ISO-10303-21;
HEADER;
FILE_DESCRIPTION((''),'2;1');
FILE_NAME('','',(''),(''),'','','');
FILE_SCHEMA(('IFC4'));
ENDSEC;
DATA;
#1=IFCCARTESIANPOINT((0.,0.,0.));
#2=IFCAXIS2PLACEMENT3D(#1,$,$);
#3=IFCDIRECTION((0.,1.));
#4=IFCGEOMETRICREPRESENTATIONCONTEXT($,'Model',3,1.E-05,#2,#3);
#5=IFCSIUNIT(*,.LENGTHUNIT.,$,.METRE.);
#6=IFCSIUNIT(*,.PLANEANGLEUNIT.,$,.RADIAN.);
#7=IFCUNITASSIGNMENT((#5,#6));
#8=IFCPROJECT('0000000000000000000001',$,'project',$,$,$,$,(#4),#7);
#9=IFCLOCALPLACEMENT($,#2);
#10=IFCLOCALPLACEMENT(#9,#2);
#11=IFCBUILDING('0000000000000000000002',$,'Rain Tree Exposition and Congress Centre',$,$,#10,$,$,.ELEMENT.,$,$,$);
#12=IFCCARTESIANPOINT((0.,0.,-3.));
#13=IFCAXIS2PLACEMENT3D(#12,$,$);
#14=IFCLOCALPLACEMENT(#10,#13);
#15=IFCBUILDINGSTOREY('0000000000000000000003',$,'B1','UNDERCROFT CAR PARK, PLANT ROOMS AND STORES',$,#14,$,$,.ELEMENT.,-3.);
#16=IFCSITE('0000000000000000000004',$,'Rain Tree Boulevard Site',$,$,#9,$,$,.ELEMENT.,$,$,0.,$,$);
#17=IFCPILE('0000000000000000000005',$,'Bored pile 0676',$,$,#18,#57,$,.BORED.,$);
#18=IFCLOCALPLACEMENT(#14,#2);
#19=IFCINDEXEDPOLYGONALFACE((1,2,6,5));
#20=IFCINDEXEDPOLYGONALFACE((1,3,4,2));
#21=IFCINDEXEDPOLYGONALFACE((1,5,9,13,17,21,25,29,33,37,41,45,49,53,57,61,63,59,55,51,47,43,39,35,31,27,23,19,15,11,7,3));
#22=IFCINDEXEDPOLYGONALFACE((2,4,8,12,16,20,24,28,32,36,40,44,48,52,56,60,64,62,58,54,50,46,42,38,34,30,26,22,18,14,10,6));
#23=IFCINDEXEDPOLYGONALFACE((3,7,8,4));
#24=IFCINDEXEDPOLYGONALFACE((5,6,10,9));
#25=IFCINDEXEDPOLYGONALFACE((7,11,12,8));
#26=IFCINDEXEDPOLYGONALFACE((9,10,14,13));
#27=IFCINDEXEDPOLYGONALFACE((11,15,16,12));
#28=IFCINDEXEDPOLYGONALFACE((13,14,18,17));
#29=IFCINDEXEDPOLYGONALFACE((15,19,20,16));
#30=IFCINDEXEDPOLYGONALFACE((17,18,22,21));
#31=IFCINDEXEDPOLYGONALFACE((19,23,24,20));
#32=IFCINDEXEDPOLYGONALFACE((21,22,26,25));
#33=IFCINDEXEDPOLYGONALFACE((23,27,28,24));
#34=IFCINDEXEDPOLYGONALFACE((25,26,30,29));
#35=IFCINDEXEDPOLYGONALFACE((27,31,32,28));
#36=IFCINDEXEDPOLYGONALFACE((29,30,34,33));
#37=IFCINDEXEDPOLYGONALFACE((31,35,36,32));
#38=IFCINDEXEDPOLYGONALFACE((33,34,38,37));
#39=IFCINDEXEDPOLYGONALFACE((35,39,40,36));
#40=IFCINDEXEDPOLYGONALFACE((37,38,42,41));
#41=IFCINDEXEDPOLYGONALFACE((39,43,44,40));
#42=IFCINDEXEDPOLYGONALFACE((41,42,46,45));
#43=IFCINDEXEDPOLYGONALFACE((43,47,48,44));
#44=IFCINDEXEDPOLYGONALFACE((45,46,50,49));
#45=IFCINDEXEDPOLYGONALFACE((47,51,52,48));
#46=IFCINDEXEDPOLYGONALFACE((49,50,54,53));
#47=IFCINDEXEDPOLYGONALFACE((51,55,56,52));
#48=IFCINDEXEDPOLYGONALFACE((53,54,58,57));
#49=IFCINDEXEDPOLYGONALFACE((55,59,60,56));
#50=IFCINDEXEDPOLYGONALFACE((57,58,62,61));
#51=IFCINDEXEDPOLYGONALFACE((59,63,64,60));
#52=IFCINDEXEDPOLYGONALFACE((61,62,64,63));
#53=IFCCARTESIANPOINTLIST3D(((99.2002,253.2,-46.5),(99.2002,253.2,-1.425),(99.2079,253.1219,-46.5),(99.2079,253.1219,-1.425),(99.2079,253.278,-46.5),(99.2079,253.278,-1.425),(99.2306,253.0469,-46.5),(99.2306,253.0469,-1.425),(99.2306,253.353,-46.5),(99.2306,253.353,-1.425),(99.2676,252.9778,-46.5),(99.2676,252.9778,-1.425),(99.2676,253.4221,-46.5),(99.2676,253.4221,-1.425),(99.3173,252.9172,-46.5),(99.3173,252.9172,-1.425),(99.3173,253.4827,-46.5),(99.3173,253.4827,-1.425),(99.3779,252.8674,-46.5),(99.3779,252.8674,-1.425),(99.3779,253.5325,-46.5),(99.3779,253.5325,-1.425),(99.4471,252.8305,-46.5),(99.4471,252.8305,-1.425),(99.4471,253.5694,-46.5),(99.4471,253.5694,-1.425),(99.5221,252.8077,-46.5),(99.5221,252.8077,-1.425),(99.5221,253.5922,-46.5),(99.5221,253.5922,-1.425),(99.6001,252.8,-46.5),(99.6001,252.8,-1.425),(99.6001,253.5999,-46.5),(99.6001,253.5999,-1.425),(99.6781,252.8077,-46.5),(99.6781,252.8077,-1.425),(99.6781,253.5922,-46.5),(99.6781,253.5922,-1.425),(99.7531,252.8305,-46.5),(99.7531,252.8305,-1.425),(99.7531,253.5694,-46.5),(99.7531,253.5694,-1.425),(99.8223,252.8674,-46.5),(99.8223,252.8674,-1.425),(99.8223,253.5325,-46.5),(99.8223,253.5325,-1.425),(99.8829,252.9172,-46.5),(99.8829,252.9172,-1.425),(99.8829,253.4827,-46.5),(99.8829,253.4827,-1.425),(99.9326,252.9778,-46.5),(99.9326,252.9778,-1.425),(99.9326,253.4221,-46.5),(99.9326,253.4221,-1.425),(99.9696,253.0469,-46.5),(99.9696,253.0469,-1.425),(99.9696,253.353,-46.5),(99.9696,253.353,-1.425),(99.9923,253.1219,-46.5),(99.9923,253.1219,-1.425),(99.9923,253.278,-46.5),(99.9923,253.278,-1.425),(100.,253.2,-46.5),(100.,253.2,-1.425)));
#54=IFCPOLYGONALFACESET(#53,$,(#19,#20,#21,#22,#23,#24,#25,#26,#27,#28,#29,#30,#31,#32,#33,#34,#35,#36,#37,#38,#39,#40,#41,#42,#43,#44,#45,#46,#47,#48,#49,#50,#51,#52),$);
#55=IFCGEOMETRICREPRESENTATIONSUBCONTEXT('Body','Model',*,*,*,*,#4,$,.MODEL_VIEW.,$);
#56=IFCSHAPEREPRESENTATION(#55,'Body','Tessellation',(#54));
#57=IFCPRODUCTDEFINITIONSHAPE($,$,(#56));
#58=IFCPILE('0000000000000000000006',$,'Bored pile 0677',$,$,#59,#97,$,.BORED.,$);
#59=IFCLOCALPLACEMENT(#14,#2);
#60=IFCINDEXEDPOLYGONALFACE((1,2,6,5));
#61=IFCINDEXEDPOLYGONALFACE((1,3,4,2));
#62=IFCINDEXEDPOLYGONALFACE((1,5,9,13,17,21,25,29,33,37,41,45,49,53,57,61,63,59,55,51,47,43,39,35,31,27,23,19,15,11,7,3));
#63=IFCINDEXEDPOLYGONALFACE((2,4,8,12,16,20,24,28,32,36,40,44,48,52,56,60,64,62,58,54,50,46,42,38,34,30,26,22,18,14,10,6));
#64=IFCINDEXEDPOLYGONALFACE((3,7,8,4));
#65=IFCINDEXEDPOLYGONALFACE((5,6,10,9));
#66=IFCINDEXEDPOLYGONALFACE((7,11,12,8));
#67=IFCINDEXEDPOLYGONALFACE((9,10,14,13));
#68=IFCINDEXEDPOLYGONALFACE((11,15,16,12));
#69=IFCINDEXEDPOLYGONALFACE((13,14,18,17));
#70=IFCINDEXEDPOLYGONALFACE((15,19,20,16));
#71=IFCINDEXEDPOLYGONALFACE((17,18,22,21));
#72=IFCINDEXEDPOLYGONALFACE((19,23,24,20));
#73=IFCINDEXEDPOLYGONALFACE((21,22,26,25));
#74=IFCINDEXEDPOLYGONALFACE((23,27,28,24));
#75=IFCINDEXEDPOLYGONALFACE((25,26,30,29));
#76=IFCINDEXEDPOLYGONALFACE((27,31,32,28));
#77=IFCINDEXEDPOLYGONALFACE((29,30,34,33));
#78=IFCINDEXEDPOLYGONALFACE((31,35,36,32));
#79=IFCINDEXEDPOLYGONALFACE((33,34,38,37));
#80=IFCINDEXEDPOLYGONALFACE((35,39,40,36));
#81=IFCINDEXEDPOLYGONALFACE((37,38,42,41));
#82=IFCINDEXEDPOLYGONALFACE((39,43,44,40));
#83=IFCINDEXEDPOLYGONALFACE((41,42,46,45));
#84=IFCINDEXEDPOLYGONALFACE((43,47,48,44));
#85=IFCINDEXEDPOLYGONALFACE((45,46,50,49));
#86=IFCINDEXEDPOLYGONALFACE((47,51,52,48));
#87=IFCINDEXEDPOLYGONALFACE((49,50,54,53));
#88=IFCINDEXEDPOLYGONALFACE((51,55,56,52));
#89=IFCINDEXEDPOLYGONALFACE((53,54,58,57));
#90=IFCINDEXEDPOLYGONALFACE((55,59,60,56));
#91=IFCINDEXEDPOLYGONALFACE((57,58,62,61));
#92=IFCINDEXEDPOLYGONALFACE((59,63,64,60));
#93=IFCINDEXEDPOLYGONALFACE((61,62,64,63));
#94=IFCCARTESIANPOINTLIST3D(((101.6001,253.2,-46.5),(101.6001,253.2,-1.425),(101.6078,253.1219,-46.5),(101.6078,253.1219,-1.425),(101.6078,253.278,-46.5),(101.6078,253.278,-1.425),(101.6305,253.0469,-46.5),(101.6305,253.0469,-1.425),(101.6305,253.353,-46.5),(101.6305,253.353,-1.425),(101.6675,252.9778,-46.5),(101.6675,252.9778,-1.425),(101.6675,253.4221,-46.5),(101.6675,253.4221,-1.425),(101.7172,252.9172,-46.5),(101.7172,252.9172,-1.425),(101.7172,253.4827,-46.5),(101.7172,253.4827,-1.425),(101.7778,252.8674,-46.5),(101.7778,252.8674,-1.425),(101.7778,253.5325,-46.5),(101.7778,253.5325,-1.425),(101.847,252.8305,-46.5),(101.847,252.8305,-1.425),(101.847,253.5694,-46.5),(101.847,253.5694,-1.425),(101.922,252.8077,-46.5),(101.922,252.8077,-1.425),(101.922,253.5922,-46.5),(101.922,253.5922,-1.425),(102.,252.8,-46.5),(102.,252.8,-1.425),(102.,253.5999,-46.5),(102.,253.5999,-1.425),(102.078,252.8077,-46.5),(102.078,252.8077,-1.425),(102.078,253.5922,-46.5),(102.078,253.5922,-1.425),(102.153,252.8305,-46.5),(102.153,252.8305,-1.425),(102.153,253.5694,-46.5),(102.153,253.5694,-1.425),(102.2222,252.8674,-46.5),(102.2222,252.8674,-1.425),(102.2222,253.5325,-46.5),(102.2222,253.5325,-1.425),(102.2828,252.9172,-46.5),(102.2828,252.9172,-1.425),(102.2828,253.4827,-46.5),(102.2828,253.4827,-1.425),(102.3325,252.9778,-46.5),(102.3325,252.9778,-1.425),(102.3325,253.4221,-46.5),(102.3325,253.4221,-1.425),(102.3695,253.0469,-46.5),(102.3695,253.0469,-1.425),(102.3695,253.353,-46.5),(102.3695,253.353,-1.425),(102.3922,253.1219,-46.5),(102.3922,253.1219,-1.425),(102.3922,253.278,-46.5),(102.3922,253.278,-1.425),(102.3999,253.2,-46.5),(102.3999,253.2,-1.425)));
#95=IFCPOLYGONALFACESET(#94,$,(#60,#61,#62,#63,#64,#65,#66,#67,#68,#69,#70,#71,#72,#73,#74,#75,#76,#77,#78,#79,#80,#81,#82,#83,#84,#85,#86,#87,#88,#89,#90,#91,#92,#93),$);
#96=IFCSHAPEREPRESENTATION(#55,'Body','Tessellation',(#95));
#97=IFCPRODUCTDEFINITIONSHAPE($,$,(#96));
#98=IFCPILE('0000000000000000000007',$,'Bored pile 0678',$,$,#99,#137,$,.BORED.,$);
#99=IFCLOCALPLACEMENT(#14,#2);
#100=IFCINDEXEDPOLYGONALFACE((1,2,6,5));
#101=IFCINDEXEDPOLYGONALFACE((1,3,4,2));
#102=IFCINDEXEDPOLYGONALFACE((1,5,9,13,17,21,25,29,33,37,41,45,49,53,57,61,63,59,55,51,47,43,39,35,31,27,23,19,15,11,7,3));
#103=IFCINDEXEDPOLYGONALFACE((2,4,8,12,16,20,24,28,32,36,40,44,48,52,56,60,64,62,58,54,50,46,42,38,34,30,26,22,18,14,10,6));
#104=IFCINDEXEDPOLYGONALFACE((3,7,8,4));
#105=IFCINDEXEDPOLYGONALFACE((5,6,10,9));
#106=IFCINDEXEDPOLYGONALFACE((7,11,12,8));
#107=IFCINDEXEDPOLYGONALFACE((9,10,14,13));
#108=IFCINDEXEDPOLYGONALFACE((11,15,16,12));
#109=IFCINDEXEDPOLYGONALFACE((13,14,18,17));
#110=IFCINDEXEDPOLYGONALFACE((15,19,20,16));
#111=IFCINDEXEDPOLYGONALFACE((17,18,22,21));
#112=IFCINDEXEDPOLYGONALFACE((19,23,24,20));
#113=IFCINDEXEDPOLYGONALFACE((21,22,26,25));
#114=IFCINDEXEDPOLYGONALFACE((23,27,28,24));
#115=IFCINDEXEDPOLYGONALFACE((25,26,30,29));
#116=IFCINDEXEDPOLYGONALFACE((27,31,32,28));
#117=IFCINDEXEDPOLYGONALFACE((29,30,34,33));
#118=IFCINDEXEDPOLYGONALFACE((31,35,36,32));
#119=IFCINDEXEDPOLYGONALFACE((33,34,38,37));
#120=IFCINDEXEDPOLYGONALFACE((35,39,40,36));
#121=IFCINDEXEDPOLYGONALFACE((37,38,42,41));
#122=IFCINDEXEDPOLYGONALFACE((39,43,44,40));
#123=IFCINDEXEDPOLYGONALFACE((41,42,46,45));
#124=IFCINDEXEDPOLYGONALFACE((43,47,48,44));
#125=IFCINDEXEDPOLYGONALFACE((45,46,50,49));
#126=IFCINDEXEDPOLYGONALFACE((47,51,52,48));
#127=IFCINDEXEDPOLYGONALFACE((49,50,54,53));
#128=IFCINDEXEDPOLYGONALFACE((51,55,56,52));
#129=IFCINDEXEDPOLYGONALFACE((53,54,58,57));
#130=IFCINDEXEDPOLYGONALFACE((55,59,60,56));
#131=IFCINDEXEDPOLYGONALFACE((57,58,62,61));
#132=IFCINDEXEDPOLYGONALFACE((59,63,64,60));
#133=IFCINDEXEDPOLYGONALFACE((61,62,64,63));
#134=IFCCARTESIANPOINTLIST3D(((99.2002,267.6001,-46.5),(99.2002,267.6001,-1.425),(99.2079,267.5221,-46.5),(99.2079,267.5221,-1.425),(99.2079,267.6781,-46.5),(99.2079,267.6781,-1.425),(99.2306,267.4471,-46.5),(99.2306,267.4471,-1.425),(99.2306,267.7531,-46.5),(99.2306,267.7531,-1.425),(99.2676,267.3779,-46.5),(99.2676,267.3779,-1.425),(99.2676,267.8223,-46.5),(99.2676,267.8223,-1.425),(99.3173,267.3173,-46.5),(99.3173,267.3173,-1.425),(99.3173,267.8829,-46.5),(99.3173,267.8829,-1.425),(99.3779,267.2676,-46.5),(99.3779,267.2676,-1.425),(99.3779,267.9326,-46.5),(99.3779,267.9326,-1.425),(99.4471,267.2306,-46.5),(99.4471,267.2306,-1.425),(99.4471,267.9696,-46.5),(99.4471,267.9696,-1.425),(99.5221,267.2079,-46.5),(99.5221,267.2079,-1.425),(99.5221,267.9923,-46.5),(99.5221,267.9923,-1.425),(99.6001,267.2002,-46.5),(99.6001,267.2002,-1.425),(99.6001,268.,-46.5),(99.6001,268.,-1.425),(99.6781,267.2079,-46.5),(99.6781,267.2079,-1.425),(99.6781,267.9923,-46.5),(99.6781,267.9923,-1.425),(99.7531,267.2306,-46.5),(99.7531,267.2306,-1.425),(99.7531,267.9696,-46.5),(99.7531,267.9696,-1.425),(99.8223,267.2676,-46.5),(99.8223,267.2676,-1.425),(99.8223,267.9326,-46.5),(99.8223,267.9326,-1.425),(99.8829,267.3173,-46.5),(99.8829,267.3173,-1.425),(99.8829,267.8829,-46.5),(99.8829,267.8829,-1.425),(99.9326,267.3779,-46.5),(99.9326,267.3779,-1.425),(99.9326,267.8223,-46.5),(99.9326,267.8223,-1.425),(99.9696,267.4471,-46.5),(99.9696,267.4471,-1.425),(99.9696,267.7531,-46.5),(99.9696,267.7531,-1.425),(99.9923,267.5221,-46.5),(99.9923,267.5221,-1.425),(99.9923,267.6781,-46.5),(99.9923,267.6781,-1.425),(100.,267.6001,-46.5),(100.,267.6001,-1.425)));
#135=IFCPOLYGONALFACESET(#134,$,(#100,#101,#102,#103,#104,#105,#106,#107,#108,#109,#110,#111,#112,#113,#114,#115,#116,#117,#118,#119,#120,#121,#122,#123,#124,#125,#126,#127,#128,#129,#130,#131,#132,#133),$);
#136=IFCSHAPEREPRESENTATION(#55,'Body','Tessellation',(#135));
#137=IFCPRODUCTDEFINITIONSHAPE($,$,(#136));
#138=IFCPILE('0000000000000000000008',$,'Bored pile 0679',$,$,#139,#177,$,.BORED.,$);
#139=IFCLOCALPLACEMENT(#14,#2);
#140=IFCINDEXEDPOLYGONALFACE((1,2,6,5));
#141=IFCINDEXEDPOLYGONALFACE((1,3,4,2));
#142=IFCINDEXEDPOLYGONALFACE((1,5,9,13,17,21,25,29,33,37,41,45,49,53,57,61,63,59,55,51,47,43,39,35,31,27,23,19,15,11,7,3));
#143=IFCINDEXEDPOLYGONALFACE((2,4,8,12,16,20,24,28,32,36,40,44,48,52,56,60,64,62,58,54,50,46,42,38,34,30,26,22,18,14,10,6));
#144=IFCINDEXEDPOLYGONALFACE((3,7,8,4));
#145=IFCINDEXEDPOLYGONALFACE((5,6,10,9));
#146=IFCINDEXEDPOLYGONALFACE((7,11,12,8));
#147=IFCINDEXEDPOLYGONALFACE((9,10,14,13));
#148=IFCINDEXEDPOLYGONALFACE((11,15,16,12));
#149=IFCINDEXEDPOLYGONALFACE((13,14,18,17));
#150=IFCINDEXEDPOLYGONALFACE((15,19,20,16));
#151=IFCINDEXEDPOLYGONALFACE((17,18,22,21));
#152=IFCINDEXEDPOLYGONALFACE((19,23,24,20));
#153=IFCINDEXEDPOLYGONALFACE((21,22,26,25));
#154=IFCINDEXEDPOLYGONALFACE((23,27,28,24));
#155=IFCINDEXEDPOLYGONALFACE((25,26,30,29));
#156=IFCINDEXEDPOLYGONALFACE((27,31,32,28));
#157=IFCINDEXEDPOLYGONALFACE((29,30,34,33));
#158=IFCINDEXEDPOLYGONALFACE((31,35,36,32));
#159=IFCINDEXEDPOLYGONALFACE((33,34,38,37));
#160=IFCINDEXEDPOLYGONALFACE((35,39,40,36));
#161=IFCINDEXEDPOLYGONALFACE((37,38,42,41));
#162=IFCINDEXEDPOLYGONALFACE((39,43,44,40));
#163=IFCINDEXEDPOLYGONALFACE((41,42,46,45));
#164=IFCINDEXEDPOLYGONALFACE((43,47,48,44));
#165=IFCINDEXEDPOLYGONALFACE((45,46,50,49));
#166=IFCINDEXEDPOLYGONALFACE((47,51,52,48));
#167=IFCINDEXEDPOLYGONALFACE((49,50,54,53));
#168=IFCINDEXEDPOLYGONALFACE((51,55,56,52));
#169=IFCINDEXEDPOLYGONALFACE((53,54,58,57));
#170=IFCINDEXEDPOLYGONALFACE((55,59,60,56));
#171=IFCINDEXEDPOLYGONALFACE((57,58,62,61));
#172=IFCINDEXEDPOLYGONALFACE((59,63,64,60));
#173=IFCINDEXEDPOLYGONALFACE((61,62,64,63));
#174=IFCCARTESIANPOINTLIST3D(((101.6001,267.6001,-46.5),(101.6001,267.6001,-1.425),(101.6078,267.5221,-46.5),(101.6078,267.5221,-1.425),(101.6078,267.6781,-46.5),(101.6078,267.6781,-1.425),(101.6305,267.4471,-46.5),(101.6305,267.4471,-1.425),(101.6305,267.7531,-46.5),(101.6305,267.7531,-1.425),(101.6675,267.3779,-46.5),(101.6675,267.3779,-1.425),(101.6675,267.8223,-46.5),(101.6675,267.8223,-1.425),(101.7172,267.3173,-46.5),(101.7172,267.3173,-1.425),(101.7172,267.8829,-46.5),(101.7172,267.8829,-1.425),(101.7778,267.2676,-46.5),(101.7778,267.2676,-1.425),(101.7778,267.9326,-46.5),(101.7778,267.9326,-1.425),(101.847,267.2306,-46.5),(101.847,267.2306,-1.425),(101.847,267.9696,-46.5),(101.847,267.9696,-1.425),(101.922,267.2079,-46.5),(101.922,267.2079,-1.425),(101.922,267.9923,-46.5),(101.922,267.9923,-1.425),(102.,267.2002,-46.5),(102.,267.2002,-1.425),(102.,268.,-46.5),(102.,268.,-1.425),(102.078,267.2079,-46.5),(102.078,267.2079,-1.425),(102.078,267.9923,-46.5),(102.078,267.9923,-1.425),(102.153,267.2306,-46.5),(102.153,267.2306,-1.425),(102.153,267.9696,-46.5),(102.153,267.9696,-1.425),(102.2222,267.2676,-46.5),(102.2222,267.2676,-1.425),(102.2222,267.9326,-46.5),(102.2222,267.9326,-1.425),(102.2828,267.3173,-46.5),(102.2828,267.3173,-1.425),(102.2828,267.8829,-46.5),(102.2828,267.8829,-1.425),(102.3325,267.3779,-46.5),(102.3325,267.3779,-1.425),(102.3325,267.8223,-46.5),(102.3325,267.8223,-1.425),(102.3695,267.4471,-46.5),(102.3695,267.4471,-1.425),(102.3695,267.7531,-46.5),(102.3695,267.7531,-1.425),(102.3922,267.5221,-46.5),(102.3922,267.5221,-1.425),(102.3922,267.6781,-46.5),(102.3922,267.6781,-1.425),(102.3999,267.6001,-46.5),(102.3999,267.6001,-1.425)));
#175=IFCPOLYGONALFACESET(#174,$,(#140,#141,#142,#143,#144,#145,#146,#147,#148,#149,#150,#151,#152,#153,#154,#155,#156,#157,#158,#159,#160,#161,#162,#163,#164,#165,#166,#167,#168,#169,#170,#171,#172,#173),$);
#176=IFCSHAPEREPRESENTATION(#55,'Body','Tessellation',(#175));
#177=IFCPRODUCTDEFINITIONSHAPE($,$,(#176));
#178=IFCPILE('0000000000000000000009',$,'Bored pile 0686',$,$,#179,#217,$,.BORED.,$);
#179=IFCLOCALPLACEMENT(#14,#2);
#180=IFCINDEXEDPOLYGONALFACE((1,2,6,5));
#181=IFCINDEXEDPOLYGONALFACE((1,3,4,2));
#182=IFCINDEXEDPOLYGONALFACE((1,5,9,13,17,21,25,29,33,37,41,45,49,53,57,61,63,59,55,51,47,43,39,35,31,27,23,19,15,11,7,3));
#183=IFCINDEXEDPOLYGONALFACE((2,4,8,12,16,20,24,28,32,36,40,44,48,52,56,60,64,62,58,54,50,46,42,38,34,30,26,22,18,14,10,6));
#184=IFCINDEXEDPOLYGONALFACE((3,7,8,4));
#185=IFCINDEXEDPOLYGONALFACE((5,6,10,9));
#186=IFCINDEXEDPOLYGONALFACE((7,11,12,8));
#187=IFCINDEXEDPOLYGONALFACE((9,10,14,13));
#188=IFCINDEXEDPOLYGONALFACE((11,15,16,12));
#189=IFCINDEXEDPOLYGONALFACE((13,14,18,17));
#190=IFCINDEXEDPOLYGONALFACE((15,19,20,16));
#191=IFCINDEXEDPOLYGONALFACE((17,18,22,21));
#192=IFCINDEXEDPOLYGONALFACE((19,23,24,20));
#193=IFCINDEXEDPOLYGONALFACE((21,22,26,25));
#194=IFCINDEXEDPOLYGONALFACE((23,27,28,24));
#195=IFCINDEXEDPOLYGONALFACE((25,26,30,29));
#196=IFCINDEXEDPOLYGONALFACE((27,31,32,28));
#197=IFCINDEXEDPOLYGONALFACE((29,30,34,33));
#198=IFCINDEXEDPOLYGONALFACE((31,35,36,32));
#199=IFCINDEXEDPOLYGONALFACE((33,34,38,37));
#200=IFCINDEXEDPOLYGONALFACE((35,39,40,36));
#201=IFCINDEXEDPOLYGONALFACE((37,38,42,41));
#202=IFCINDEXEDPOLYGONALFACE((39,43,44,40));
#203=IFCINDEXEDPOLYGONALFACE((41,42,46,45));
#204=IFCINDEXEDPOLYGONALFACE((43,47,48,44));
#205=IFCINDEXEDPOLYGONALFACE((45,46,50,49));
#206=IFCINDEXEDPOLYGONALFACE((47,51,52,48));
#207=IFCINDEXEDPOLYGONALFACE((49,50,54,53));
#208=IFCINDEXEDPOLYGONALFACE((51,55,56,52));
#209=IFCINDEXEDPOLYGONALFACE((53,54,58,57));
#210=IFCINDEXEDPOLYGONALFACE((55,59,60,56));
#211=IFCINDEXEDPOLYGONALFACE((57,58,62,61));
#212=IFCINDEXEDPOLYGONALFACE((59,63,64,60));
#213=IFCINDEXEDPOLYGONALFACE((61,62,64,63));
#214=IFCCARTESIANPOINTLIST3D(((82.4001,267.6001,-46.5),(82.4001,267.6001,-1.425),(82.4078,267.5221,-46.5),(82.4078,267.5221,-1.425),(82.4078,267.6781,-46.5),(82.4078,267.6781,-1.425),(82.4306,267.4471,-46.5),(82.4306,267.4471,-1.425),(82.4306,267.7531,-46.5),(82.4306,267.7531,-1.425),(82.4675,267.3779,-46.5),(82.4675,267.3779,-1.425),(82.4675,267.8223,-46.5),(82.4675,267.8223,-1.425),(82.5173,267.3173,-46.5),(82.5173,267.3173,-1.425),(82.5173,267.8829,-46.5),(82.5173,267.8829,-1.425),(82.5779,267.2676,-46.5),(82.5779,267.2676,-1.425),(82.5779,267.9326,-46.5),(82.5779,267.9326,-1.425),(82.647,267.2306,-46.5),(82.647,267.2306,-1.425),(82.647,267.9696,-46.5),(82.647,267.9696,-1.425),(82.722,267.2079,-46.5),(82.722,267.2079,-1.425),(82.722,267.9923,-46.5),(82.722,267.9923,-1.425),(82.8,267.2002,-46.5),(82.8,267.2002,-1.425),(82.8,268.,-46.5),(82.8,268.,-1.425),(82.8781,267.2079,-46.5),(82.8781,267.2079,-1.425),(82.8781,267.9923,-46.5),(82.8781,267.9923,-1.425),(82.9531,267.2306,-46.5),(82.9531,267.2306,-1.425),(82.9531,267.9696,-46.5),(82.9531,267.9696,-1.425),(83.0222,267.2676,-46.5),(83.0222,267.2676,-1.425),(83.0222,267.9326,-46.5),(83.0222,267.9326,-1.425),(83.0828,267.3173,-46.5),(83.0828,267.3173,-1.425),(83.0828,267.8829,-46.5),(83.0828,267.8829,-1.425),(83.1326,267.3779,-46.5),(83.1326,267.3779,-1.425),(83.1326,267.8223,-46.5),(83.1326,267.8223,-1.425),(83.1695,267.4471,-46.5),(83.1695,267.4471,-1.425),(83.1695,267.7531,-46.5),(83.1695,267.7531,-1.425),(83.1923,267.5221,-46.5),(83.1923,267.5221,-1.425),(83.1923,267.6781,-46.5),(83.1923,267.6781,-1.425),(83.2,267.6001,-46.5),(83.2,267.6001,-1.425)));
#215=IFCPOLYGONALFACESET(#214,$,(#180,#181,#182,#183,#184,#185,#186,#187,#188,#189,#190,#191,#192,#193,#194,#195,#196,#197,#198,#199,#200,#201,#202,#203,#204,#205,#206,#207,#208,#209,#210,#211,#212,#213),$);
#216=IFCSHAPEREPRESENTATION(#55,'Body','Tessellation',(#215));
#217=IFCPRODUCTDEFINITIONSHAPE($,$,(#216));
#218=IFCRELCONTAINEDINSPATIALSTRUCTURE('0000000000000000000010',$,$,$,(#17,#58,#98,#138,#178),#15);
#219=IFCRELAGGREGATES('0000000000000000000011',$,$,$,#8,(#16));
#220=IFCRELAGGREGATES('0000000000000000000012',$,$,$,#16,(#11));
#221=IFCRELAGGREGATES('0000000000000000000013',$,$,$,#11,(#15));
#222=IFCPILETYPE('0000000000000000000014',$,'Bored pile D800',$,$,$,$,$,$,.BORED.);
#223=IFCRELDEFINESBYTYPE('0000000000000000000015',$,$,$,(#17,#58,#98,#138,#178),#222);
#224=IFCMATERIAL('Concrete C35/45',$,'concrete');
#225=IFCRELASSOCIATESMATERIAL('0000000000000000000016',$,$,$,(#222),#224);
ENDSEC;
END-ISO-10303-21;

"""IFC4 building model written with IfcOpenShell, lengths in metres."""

from ifc_helpers import new_model, si_unit, direction, frame, origin, origin_2d, place, context, subcontext, project, spatial, circle, extrude, material, material_profile, profile_set, type_object, element, save


model = new_model("IFC4")

# Units and contexts
model_context = context("Model", 3, precision=1e-05, world=origin(), true_north=direction((0.0, 1.0)))
body_context = subcontext(model_context, "Body", "Model", "MODEL_VIEW")
ifc_project = project(units=[si_unit("LENGTHUNIT", "METRE"), si_unit("PLANEANGLEUNIT", "RADIAN")], contexts=[model_context])

# Site, building, storey
site_placement = place(None, origin())
site = spatial("IfcSite", under=ifc_project, at=site_placement, Name="Rain Tree Boulevard Site", CompositionType="ELEMENT", RefElevation=0.0)
building_placement = place(site_placement, origin())
building = spatial("IfcBuilding", under=site, at=building_placement, Name="Rain Tree Exposition and Congress Centre", CompositionType="ELEMENT")
storey_placement = place(building_placement, frame((0.0, 0.0, -3.0)))
storey = spatial("IfcBuildingStorey", under=building, at=storey_placement, Name="B1", Description="UNDERCROFT CAR PARK, PLANT ROOMS AND STORES", CompositionType="ELEMENT", Elevation=-3.0)

# Piles
ifc_material_1 = material(Name="Concrete C35/45", Category="concrete")
ifc_material_profile_1 = material_profile(ifc_material_1, circle(Radius=0.3999, at=origin_2d()), Name="D800")
ifc_profile_set_1 = profile_set([ifc_material_profile_1], Name="Concrete C35/45")
pile_type = type_object("IfcPileType", Name="Bored pile D800", PredefinedType="BORED", material=ifc_profile_set_1)
for number, where, z_axis, x_axis, name in (
    (1, (99.6001, 253.2, -1.425), (0.0, 0.0, -1.0), (1.0, 0.0, 0.0), "Bored pile 0676"),
    (2, (102.0, 253.2, -1.425), (0.0, 0.0, -1.0), (1.0, 0.0, 0.0), "Bored pile 0677"),
    (3, (99.6001, 267.6001, -1.425), (0.0, 0.0, -1.0), (1.0, 0.0, 0.0), "Bored pile 0678"),
    (4, (102.0, 267.6001, -1.425), (0.0, 0.0, -1.0), (1.0, 0.0, 0.0), "Bored pile 0679"),
    (5, (82.8, 267.6001, -1.425), (0.0, 0.0, -1.0), (1.0, 0.0, 0.0), "Bored pile 0686"),
):
    element("IfcPile", number, at=place(storey_placement, frame(where, z_axis=z_axis, x_axis=x_axis)), inside=storey, type_object=pile_type, Name=name, PredefinedType="BORED", context=body_context, shape_type="SweptSolid", body=[
        extrude(circle(Radius=0.3999, at=origin_2d()), origin(), (0.0, 0.0, 1.0), 45.075),
    ])

save(model, "model.ifc")
